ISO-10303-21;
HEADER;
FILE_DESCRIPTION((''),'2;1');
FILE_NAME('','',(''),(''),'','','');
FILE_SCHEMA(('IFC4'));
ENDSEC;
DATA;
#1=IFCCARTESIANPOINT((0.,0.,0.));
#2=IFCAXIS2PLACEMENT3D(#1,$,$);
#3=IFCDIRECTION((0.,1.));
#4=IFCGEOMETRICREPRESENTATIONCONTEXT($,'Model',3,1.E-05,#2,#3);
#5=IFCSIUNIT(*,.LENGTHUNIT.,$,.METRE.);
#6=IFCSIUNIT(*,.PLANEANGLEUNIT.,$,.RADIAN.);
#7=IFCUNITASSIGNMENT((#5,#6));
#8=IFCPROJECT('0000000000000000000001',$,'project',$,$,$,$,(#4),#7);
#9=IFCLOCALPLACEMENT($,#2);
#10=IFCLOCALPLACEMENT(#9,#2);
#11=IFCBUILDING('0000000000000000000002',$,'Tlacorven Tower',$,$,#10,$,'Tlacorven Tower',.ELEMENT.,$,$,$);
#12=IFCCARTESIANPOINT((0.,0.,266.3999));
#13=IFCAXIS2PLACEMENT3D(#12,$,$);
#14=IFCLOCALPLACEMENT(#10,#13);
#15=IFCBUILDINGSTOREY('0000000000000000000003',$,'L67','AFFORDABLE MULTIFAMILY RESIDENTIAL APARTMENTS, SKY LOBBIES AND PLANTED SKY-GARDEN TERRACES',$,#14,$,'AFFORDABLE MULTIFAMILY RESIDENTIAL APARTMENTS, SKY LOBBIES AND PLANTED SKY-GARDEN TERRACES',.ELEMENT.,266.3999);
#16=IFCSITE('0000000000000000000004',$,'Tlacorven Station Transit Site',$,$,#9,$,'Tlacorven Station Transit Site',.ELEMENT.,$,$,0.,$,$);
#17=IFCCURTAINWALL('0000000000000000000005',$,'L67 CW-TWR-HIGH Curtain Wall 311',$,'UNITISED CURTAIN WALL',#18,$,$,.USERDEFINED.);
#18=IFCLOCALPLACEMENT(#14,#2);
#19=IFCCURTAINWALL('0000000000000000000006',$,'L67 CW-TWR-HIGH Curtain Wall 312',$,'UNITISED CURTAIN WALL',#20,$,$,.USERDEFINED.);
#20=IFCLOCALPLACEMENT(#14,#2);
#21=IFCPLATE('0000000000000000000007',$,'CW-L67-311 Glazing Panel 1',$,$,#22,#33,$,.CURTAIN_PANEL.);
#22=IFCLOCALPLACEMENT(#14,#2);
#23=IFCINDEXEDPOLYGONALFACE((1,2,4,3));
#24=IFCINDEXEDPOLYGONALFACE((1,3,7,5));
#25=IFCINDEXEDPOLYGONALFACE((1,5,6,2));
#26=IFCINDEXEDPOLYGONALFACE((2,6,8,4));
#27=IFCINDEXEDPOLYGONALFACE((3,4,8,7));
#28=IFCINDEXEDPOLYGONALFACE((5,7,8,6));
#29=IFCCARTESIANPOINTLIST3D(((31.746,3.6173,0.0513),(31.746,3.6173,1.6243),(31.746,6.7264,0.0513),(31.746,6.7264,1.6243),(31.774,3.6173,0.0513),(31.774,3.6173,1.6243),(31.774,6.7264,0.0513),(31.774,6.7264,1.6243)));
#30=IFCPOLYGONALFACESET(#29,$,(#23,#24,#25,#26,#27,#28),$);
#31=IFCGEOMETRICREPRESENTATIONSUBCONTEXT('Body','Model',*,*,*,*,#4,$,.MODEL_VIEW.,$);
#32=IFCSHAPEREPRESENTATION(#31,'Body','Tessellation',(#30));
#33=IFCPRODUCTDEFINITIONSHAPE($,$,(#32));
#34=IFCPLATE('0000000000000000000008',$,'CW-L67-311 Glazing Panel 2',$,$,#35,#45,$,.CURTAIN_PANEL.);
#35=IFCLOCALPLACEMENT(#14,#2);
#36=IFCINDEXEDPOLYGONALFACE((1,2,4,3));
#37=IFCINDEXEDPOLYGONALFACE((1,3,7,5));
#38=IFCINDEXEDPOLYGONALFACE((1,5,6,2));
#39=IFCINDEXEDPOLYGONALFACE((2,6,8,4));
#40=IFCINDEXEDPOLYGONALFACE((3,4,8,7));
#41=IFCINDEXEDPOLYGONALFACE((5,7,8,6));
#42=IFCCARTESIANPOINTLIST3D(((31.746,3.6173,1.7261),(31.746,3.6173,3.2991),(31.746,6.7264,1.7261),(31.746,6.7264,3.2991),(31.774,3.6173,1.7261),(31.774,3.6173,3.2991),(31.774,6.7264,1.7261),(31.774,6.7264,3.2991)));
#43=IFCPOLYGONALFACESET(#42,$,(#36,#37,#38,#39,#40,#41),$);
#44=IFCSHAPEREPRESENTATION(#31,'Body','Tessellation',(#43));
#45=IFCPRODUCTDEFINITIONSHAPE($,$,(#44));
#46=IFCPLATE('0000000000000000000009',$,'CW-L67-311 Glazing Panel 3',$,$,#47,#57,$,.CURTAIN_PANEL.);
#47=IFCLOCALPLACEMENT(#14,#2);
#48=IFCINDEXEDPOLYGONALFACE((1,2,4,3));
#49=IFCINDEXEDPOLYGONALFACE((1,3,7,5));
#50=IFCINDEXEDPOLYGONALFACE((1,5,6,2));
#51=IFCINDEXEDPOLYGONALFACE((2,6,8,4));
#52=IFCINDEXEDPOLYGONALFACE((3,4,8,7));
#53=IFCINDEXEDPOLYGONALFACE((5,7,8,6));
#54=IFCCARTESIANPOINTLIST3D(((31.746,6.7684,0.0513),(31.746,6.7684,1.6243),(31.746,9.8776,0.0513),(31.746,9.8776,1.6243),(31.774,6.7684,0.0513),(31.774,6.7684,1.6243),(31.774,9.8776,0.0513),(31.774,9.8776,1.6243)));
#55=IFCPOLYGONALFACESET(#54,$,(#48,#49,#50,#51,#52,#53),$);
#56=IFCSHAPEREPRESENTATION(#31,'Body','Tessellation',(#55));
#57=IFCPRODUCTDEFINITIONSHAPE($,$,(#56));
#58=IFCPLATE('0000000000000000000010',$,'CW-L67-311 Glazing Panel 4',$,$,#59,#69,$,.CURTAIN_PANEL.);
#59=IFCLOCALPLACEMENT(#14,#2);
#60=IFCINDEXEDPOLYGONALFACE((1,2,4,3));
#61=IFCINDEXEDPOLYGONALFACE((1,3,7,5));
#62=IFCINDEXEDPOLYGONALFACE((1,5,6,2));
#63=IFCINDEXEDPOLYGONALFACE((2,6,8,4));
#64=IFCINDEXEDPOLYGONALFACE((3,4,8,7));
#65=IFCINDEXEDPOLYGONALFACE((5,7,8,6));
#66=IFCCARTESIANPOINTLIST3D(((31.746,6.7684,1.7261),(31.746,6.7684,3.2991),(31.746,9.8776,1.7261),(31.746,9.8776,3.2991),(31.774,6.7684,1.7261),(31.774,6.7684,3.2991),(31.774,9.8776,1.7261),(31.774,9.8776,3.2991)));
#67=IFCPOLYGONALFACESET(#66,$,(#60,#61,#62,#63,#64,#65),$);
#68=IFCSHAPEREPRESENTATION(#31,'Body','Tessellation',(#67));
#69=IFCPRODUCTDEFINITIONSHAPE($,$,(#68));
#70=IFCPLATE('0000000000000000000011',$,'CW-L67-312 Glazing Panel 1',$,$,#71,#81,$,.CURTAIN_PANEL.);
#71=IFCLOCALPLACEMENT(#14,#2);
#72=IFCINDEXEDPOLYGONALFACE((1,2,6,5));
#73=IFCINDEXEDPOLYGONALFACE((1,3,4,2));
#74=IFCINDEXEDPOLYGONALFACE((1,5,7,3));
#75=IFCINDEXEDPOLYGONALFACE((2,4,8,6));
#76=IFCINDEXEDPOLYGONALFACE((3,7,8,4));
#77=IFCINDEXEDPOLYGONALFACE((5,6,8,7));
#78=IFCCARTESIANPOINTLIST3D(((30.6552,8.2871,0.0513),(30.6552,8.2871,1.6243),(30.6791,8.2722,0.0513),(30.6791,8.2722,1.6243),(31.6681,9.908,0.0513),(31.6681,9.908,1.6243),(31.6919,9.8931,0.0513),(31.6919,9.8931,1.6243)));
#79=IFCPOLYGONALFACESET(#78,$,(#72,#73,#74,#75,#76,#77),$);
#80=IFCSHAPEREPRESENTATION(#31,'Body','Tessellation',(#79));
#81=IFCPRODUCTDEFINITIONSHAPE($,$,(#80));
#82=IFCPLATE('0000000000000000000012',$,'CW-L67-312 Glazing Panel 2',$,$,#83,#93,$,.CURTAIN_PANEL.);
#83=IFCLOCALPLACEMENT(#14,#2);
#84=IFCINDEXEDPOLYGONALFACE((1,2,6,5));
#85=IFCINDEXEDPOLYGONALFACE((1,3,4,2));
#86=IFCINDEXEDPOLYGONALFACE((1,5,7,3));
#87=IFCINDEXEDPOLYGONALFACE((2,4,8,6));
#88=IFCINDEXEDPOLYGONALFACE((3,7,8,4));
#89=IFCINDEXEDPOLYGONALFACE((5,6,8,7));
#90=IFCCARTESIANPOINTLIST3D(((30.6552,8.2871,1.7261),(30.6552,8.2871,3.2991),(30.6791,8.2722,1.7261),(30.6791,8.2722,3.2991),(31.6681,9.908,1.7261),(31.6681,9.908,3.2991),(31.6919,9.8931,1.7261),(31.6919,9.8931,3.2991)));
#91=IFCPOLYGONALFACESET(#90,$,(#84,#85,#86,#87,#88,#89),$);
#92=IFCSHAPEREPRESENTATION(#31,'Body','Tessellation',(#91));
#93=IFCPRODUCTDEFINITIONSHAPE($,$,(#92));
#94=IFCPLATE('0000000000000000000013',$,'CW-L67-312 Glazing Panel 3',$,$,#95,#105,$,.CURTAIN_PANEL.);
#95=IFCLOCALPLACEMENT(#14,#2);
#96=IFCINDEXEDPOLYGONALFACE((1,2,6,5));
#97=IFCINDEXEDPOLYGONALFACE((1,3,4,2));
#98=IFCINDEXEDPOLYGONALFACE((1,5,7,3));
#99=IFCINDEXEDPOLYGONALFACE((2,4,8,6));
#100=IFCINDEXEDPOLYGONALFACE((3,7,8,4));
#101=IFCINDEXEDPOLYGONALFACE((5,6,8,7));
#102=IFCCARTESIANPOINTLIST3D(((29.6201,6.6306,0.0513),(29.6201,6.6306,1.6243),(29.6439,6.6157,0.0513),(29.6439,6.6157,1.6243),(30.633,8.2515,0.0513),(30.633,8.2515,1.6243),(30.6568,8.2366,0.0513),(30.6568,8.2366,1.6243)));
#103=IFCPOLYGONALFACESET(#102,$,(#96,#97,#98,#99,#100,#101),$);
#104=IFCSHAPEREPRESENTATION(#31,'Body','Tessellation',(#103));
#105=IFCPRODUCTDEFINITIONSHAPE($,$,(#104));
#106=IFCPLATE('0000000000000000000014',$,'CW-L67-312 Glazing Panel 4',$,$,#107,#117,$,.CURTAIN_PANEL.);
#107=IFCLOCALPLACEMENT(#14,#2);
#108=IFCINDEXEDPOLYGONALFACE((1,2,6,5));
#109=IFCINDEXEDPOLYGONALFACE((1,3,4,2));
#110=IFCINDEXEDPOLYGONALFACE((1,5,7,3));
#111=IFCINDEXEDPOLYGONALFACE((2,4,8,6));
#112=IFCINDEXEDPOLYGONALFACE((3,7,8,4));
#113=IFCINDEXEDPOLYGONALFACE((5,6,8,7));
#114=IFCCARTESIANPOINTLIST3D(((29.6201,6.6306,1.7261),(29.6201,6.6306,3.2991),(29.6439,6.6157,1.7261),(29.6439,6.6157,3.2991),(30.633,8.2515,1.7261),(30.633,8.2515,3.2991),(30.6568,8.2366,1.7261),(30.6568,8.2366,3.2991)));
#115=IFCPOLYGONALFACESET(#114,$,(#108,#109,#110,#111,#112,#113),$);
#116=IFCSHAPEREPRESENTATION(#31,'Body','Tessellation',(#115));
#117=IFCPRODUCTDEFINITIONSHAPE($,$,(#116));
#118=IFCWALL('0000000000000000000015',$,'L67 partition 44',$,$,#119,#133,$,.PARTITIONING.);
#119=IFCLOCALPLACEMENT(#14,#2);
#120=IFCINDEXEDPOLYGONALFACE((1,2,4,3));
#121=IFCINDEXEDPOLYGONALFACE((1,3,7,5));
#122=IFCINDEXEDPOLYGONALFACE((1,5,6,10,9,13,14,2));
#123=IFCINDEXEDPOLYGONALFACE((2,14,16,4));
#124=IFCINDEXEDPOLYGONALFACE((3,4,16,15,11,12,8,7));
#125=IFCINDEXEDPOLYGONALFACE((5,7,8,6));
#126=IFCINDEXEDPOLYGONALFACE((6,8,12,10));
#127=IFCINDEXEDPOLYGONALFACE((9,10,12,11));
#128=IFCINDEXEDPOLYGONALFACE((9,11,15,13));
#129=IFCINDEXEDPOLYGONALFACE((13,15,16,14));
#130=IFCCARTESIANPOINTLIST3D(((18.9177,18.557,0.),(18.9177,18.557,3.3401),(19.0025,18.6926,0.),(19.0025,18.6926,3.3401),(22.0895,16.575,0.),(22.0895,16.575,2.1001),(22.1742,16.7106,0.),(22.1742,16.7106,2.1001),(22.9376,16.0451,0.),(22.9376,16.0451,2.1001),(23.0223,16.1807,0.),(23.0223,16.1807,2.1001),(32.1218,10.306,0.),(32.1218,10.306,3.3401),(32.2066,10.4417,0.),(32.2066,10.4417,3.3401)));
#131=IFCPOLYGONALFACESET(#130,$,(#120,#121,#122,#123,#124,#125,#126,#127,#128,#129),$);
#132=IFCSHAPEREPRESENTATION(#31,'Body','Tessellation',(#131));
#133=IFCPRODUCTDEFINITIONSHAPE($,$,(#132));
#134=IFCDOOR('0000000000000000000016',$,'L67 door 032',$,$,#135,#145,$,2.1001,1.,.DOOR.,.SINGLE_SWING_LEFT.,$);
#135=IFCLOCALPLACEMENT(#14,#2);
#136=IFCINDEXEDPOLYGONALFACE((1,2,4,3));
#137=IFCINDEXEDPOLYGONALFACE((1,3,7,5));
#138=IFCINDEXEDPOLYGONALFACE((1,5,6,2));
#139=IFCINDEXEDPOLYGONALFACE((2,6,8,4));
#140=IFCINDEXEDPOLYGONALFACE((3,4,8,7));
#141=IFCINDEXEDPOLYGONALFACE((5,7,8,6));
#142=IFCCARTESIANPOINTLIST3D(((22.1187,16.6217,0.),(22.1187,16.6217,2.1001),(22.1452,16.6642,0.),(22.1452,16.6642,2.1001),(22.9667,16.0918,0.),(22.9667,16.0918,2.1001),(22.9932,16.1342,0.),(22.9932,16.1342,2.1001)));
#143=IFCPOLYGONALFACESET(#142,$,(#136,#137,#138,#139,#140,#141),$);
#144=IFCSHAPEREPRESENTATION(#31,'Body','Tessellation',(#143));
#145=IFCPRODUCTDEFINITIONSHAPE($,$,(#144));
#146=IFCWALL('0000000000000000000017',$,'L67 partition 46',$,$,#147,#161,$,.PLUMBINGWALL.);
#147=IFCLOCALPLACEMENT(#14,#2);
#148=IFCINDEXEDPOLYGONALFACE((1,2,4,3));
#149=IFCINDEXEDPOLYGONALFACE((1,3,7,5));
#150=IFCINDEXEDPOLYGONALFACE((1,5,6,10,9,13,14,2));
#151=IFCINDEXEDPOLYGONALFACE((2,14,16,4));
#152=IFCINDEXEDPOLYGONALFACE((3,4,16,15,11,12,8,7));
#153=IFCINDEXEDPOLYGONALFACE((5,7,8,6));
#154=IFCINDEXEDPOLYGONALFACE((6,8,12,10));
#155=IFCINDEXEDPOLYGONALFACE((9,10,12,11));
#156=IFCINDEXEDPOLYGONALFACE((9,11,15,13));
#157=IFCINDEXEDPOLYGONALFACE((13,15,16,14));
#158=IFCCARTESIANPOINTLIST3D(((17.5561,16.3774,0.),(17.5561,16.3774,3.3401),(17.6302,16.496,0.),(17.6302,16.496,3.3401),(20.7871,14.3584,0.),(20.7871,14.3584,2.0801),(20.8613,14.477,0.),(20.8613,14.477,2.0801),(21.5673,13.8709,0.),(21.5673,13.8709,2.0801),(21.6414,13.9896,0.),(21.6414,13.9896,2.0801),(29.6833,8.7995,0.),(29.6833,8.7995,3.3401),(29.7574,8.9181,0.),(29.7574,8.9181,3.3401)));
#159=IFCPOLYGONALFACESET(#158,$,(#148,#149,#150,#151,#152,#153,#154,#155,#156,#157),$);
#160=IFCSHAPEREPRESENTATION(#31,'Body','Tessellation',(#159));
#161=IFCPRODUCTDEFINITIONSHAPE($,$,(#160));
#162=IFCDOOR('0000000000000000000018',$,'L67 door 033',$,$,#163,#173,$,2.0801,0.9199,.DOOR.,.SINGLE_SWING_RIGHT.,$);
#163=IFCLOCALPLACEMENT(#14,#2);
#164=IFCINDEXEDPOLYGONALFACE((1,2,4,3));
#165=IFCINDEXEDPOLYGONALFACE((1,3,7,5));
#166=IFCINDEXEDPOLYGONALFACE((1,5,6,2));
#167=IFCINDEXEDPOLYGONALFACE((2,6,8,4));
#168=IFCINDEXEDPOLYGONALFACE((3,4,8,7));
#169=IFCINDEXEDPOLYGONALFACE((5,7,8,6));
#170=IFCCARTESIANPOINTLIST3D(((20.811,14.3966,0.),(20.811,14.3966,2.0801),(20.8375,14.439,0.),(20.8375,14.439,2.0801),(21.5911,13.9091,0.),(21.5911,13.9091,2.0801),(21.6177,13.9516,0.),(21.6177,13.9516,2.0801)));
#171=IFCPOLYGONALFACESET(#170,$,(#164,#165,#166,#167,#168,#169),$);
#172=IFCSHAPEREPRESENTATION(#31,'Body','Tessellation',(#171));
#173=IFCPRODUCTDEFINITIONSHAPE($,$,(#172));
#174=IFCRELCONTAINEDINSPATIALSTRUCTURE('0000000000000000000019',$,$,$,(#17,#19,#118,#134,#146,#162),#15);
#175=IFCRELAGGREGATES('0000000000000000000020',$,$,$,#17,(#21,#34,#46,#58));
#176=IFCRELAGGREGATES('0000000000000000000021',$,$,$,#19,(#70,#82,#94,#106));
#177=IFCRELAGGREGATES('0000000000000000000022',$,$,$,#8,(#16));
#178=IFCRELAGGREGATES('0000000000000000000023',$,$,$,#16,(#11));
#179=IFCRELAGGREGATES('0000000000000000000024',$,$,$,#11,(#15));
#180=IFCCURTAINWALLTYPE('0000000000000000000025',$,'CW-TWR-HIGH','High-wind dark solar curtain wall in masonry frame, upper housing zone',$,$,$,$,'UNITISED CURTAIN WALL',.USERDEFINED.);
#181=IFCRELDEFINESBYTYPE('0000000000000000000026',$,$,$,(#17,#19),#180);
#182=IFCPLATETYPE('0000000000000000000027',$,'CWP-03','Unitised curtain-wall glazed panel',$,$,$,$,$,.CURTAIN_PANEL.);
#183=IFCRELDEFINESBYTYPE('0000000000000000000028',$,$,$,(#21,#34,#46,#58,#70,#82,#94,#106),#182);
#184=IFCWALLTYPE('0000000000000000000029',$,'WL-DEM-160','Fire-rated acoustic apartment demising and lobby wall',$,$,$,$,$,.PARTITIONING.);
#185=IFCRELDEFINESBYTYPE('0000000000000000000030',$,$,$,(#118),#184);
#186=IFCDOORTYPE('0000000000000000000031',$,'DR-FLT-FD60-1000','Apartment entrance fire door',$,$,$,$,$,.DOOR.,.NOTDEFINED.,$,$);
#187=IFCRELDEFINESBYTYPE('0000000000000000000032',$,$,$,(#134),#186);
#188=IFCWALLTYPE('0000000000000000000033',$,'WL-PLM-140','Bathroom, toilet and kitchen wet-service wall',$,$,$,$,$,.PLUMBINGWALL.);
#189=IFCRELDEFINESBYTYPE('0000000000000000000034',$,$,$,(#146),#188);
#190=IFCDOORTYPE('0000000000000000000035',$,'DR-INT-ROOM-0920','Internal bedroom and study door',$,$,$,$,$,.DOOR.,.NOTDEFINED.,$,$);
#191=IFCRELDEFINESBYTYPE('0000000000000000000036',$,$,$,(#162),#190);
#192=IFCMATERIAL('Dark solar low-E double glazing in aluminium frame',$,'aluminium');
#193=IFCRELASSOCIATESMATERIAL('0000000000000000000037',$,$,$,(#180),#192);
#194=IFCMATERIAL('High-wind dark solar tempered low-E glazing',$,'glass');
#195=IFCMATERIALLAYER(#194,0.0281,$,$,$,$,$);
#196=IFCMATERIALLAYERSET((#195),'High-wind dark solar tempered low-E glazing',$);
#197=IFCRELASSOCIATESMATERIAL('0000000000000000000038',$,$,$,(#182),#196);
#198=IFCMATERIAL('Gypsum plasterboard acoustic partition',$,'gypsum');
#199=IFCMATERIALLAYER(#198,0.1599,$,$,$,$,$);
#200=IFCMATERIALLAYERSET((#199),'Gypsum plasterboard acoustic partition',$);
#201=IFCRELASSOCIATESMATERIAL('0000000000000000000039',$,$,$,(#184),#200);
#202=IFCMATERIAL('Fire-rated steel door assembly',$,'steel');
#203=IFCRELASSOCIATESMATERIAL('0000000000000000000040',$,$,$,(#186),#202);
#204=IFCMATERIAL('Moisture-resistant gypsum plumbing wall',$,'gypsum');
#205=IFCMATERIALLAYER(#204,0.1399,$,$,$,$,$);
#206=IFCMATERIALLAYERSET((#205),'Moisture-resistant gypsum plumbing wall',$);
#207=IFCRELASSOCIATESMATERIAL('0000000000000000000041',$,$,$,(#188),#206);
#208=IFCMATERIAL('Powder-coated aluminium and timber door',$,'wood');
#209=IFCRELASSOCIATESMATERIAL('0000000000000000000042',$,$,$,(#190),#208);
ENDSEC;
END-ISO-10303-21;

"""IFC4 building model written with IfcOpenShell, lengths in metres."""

from ifc_helpers import new_model, si_unit, direction, frame, frame_2d, origin, origin_2d, place, context, subcontext, project, spatial, rectangle, extrude, source, transform, mapped, material, layer, layer_set, type_object, element, fill, aggregate, save


model = new_model("IFC4")

# Units and contexts
model_context = context("Model", 3, precision=1e-05, world=origin(), true_north=direction((0.0, 1.0)))
body_context = subcontext(model_context, "Body", "Model", "MODEL_VIEW")
ifc_project = project(units=[si_unit("LENGTHUNIT", "METRE"), si_unit("PLANEANGLEUNIT", "RADIAN")], contexts=[model_context])

# Site, building, storey
site_placement = place(None, origin())
site = spatial("IfcSite", under=ifc_project, at=site_placement, Name="Tlacorven Station Transit Site", LongName="Tlacorven Station Transit Site", CompositionType="ELEMENT", RefElevation=0.0)
building_placement = place(site_placement, origin())
building = spatial("IfcBuilding", under=site, at=building_placement, Name="Tlacorven Tower", LongName="Tlacorven Tower", CompositionType="ELEMENT")
storey_placement = place(building_placement, frame((0.0, 0.0, 266.3999)))
storey = spatial("IfcBuildingStorey", under=building, at=storey_placement, Name="L67", Description="AFFORDABLE MULTIFAMILY RESIDENTIAL APARTMENTS, SKY LOBBIES AND PLANTED SKY-GARDEN TERRACES", LongName="AFFORDABLE MULTIFAMILY RESIDENTIAL APARTMENTS, SKY LOBBIES AND PLANTED SKY-GARDEN TERRACES", CompositionType="ELEMENT", Elevation=266.3999)

# Shared definitions
ifc_material_1 = material(Name="Dark solar low-E double glazing in aluminium frame", Category="aluminium")
curtain_wall_type = type_object("IfcCurtainWallType", Name="CW-TWR-HIGH", Description="High-wind dark solar curtain wall in masonry frame, upper housing zone", ElementType="UNITISED CURTAIN WALL", PredefinedType="USERDEFINED", material=ifc_material_1)

# Curtain walls
curtain_wall_1_placement = place(storey_placement, origin())
curtain_wall_1 = element("IfcCurtainWall", 1, at=curtain_wall_1_placement, inside=storey, type_object=curtain_wall_type, Name="L67 CW-TWR-HIGH Curtain Wall 311", ObjectType="UNITISED CURTAIN WALL", PredefinedType="USERDEFINED")
curtain_wall_2_placement = place(storey_placement, origin())
curtain_wall_2 = element("IfcCurtainWall", 2, at=curtain_wall_2_placement, inside=storey, type_object=curtain_wall_type, Name="L67 CW-TWR-HIGH Curtain Wall 312", ObjectType="UNITISED CURTAIN WALL", PredefinedType="USERDEFINED")

# Plates
ifc_material_2 = material(Name="High-wind dark solar tempered low-E glazing", Category="glass")
ifc_layer_1 = layer(ifc_material_2, 0.0281)
ifc_layer_set_1 = layer_set([ifc_layer_1], Name="High-wind dark solar tempered low-E glazing")
plate_type = type_object("IfcPlateType", Name="CWP-03", Description="Unitised curtain-wall glazed panel", PredefinedType="CURTAIN_PANEL", material=ifc_layer_set_1)
shared_shape_1 = source(origin(), body_context, "Body", "SweptSolid", [
    extrude(rectangle(XDim=3.1091, YDim=0.0281, at=origin_2d()), origin(), (0.0, 0.0, 1.0), 1.573),
])
plate_1_placement = place(storey_placement, frame((31.76, 5.1719, 0.0513), z_axis=(0.0, 0.0, 1.0), x_axis=(0.0, 1.0, 0.0)))
plate_1 = element("IfcPlate", 3, at=plate_1_placement, type_object=plate_type, Name="CW-L67-311 Glazing Panel 1", PredefinedType="CURTAIN_PANEL", context=body_context, shape_type="MappedRepresentation", body=[
    mapped(shared_shape_1, transform((0.0, 0.0, 0.0), scale=1.0)),
])
plate_2_placement = place(storey_placement, frame((31.76, 5.1719, 1.7261), z_axis=(0.0, 0.0, 1.0), x_axis=(0.0, 1.0, 0.0)))
plate_2 = element("IfcPlate", 4, at=plate_2_placement, type_object=plate_type, Name="CW-L67-311 Glazing Panel 2", PredefinedType="CURTAIN_PANEL", context=body_context, shape_type="MappedRepresentation", body=[
    mapped(shared_shape_1, transform((0.0, 0.0, 0.0), scale=1.0)),
])
plate_3_placement = place(storey_placement, frame((31.76, 8.323, 0.0513), z_axis=(0.0, 0.0, 1.0), x_axis=(0.0, 1.0, 0.0)))
plate_3 = element("IfcPlate", 5, at=plate_3_placement, type_object=plate_type, Name="CW-L67-311 Glazing Panel 3", PredefinedType="CURTAIN_PANEL", context=body_context, shape_type="MappedRepresentation", body=[
    mapped(shared_shape_1, transform((0.0, 0.0, 0.0), scale=1.0)),
])
plate_4_placement = place(storey_placement, frame((31.76, 8.323, 1.7261), z_axis=(0.0, 0.0, 1.0), x_axis=(0.0, 1.0, 0.0)))
plate_4 = element("IfcPlate", 6, at=plate_4_placement, type_object=plate_type, Name="CW-L67-311 Glazing Panel 4", PredefinedType="CURTAIN_PANEL", context=body_context, shape_type="MappedRepresentation", body=[
    mapped(shared_shape_1, transform((0.0, 0.0, 0.0), scale=1.0)),
])
aggregate(curtain_wall_1, [plate_1, plate_2, plate_3, plate_4])
shared_shape_2 = source(origin(), body_context, "Body", "SweptSolid", [
    extrude(rectangle(XDim=1.9114, YDim=0.0281, at=origin_2d()), origin(), (0.0, 0.0, 1.0), 1.573),
])
plate_5_placement = place(storey_placement, frame((31.1736, 9.0901, 0.0513), z_axis=(0.0, 0.0, 1.0), x_axis=(-0.529919, -0.848048, 0.0)))
plate_5 = element("IfcPlate", 7, at=plate_5_placement, type_object=plate_type, Name="CW-L67-312 Glazing Panel 1", PredefinedType="CURTAIN_PANEL", context=body_context, shape_type="MappedRepresentation", body=[
    mapped(shared_shape_2, transform((0.0, 0.0, 0.0), scale=1.0)),
])
plate_6_placement = place(storey_placement, frame((31.1736, 9.0901, 1.7261), z_axis=(0.0, 0.0, 1.0), x_axis=(-0.529919, -0.848048, 0.0)))
plate_6 = element("IfcPlate", 8, at=plate_6_placement, type_object=plate_type, Name="CW-L67-312 Glazing Panel 2", PredefinedType="CURTAIN_PANEL", context=body_context, shape_type="MappedRepresentation", body=[
    mapped(shared_shape_2, transform((0.0, 0.0, 0.0), scale=1.0)),
])
plate_7_placement = place(storey_placement, frame((30.1384, 7.4336, 0.0513), z_axis=(0.0, 0.0, 1.0), x_axis=(-0.529919, -0.848048, 0.0)))
plate_7 = element("IfcPlate", 9, at=plate_7_placement, type_object=plate_type, Name="CW-L67-312 Glazing Panel 3", PredefinedType="CURTAIN_PANEL", context=body_context, shape_type="MappedRepresentation", body=[
    mapped(shared_shape_2, transform((0.0, 0.0, 0.0), scale=1.0)),
])
plate_8_placement = place(storey_placement, frame((30.1384, 7.4336, 1.7261), z_axis=(0.0, 0.0, 1.0), x_axis=(-0.529919, -0.848048, 0.0)))
plate_8 = element("IfcPlate", 10, at=plate_8_placement, type_object=plate_type, Name="CW-L67-312 Glazing Panel 4", PredefinedType="CURTAIN_PANEL", context=body_context, shape_type="MappedRepresentation", body=[
    mapped(shared_shape_2, transform((0.0, 0.0, 0.0), scale=1.0)),
])
aggregate(curtain_wall_2, [plate_5, plate_6, plate_7, plate_8])

# Walls, openings, doors
ifc_material_3 = material(Name="Gypsum plasterboard acoustic partition", Category="gypsum")
ifc_layer_2 = layer(ifc_material_3, 0.1599)
ifc_layer_set_2 = layer_set([ifc_layer_2], Name="Gypsum plasterboard acoustic partition")
wall_type_1 = type_object("IfcWallType", Name="WL-DEM-160", Description="Fire-rated acoustic apartment demising and lobby wall", PredefinedType="PARTITIONING", material=ifc_layer_set_2)
wall_1_placement = place(storey_placement, frame((32.1643, 10.3738, 0.0), z_axis=(0.0, 0.0, 1.0), x_axis=(-0.848044, 0.529926, 0.0)))
wall_1 = element("IfcWall", 11, at=wall_1_placement, inside=storey, type_object=wall_type_1, Name="L67 partition 44", PredefinedType="PARTITIONING", context=body_context, shape_type="SweptSolid", body=[
    extrude(rectangle(XDim=15.5701, YDim=0.1599, at=frame_2d((7.7852, 0.0))), origin(), (0.0, 0.0, 1.0), 3.3401),
])
opening_1_placement = place(wall_1_placement, frame((10.8301, 0.0, 0.0)))
opening_1 = element("IfcOpeningElement", 12, at=opening_1_placement, cuts=wall_1, PredefinedType="OPENING", context=body_context, shape_type="SweptSolid", body=[
    extrude(rectangle(XDim=1.0, YDim=2.1001, at=frame_2d((0.5, 1.05))), frame((0.0, 0.0898, 0.0), z_axis=(0.0, -1.0, 0.0), x_axis=(1.0, 0.0, 0.0)), (0.0, 0.0, 1.0), 0.1799),
])
ifc_material_4 = material(Name="Fire-rated steel door assembly", Category="steel")
door_type_1 = type_object("IfcDoorType", Name="DR-FLT-FD60-1000", Description="Apartment entrance fire door", OperationType="NOTDEFINED", PredefinedType="DOOR", material=ifc_material_4)
shared_shape_3 = source(origin(), body_context, "Body", "SweptSolid", [
    extrude(rectangle(XDim=1.0, YDim=2.1001, at=frame_2d((0.5, 1.05))), frame((0.0, 0.0249, 0.0), z_axis=(0.0, -1.0, 0.0), x_axis=(1.0, 0.0, 0.0)), (0.0, 0.0, 1.0), 0.05),
])
door_1_placement = place(opening_1_placement, origin())
door_1 = element("IfcDoor", 13, at=door_1_placement, inside=storey, type_object=door_type_1, Name="L67 door 032", OperationType="SINGLE_SWING_LEFT", OverallHeight=2.1001, OverallWidth=1.0, PredefinedType="DOOR", context=body_context, shape_type="MappedRepresentation", body=[
    mapped(shared_shape_3, transform((0.0, 0.0, 0.0), scale=1.0)),
])
fill(opening_1, door_1)
ifc_material_5 = material(Name="Moisture-resistant gypsum plumbing wall", Category="gypsum")
ifc_layer_3 = layer(ifc_material_5, 0.1399)
ifc_layer_set_3 = layer_set([ifc_layer_3], Name="Moisture-resistant gypsum plumbing wall")
wall_type_2 = type_object("IfcWallType", Name="WL-PLM-140", Description="Bathroom, toilet and kitchen wet-service wall", PredefinedType="PLUMBINGWALL", material=ifc_layer_set_3)
wall_2_placement = place(storey_placement, frame((29.7202, 8.8589, 0.0), z_axis=(0.0, 0.0, 1.0), x_axis=(-0.848049, 0.529918, 0.0)))
wall_2 = element("IfcWall", 14, at=wall_2_placement, inside=storey, type_object=wall_type_2, Name="L67 partition 46", PredefinedType="PLUMBINGWALL", context=body_context, shape_type="SweptSolid", body=[
    extrude(rectangle(XDim=14.3, YDim=0.1399, at=frame_2d((7.1499, 0.0))), origin(), (0.0, 0.0, 1.0), 3.3401),
])
opening_2_placement = place(wall_2_placement, frame((9.5701, 0.0, 0.0)))
opening_2 = element("IfcOpeningElement", 15, at=opening_2_placement, cuts=wall_2, PredefinedType="OPENING", context=body_context, shape_type="SweptSolid", body=[
    extrude(rectangle(XDim=0.9199, YDim=2.0801, at=frame_2d((0.46, 1.04))), frame((0.0, 0.0801, 0.0), z_axis=(0.0, -1.0, 0.0), x_axis=(1.0, 0.0, 0.0)), (0.0, 0.0, 1.0), 0.1599),
])
ifc_material_6 = material(Name="Powder-coated aluminium and timber door", Category="wood")
door_type_2 = type_object("IfcDoorType", Name="DR-INT-ROOM-0920", Description="Internal bedroom and study door", OperationType="NOTDEFINED", PredefinedType="DOOR", material=ifc_material_6)
shared_shape_4 = source(origin(), body_context, "Body", "SweptSolid", [
    extrude(rectangle(XDim=0.9199, YDim=2.0801, at=frame_2d((0.46, 1.04))), frame((0.0, 0.0249, 0.0), z_axis=(0.0, -1.0, 0.0), x_axis=(1.0, 0.0, 0.0)), (0.0, 0.0, 1.0), 0.05),
])
door_2_placement = place(opening_2_placement, origin())
door_2 = element("IfcDoor", 16, at=door_2_placement, inside=storey, type_object=door_type_2, Name="L67 door 033", OperationType="SINGLE_SWING_RIGHT", OverallHeight=2.0801, OverallWidth=0.9199, PredefinedType="DOOR", context=body_context, shape_type="MappedRepresentation", body=[
    mapped(shared_shape_4, transform((0.0, 0.0, 0.0), scale=1.0)),
])
fill(opening_2, door_2)

save(model, "model.ifc")
